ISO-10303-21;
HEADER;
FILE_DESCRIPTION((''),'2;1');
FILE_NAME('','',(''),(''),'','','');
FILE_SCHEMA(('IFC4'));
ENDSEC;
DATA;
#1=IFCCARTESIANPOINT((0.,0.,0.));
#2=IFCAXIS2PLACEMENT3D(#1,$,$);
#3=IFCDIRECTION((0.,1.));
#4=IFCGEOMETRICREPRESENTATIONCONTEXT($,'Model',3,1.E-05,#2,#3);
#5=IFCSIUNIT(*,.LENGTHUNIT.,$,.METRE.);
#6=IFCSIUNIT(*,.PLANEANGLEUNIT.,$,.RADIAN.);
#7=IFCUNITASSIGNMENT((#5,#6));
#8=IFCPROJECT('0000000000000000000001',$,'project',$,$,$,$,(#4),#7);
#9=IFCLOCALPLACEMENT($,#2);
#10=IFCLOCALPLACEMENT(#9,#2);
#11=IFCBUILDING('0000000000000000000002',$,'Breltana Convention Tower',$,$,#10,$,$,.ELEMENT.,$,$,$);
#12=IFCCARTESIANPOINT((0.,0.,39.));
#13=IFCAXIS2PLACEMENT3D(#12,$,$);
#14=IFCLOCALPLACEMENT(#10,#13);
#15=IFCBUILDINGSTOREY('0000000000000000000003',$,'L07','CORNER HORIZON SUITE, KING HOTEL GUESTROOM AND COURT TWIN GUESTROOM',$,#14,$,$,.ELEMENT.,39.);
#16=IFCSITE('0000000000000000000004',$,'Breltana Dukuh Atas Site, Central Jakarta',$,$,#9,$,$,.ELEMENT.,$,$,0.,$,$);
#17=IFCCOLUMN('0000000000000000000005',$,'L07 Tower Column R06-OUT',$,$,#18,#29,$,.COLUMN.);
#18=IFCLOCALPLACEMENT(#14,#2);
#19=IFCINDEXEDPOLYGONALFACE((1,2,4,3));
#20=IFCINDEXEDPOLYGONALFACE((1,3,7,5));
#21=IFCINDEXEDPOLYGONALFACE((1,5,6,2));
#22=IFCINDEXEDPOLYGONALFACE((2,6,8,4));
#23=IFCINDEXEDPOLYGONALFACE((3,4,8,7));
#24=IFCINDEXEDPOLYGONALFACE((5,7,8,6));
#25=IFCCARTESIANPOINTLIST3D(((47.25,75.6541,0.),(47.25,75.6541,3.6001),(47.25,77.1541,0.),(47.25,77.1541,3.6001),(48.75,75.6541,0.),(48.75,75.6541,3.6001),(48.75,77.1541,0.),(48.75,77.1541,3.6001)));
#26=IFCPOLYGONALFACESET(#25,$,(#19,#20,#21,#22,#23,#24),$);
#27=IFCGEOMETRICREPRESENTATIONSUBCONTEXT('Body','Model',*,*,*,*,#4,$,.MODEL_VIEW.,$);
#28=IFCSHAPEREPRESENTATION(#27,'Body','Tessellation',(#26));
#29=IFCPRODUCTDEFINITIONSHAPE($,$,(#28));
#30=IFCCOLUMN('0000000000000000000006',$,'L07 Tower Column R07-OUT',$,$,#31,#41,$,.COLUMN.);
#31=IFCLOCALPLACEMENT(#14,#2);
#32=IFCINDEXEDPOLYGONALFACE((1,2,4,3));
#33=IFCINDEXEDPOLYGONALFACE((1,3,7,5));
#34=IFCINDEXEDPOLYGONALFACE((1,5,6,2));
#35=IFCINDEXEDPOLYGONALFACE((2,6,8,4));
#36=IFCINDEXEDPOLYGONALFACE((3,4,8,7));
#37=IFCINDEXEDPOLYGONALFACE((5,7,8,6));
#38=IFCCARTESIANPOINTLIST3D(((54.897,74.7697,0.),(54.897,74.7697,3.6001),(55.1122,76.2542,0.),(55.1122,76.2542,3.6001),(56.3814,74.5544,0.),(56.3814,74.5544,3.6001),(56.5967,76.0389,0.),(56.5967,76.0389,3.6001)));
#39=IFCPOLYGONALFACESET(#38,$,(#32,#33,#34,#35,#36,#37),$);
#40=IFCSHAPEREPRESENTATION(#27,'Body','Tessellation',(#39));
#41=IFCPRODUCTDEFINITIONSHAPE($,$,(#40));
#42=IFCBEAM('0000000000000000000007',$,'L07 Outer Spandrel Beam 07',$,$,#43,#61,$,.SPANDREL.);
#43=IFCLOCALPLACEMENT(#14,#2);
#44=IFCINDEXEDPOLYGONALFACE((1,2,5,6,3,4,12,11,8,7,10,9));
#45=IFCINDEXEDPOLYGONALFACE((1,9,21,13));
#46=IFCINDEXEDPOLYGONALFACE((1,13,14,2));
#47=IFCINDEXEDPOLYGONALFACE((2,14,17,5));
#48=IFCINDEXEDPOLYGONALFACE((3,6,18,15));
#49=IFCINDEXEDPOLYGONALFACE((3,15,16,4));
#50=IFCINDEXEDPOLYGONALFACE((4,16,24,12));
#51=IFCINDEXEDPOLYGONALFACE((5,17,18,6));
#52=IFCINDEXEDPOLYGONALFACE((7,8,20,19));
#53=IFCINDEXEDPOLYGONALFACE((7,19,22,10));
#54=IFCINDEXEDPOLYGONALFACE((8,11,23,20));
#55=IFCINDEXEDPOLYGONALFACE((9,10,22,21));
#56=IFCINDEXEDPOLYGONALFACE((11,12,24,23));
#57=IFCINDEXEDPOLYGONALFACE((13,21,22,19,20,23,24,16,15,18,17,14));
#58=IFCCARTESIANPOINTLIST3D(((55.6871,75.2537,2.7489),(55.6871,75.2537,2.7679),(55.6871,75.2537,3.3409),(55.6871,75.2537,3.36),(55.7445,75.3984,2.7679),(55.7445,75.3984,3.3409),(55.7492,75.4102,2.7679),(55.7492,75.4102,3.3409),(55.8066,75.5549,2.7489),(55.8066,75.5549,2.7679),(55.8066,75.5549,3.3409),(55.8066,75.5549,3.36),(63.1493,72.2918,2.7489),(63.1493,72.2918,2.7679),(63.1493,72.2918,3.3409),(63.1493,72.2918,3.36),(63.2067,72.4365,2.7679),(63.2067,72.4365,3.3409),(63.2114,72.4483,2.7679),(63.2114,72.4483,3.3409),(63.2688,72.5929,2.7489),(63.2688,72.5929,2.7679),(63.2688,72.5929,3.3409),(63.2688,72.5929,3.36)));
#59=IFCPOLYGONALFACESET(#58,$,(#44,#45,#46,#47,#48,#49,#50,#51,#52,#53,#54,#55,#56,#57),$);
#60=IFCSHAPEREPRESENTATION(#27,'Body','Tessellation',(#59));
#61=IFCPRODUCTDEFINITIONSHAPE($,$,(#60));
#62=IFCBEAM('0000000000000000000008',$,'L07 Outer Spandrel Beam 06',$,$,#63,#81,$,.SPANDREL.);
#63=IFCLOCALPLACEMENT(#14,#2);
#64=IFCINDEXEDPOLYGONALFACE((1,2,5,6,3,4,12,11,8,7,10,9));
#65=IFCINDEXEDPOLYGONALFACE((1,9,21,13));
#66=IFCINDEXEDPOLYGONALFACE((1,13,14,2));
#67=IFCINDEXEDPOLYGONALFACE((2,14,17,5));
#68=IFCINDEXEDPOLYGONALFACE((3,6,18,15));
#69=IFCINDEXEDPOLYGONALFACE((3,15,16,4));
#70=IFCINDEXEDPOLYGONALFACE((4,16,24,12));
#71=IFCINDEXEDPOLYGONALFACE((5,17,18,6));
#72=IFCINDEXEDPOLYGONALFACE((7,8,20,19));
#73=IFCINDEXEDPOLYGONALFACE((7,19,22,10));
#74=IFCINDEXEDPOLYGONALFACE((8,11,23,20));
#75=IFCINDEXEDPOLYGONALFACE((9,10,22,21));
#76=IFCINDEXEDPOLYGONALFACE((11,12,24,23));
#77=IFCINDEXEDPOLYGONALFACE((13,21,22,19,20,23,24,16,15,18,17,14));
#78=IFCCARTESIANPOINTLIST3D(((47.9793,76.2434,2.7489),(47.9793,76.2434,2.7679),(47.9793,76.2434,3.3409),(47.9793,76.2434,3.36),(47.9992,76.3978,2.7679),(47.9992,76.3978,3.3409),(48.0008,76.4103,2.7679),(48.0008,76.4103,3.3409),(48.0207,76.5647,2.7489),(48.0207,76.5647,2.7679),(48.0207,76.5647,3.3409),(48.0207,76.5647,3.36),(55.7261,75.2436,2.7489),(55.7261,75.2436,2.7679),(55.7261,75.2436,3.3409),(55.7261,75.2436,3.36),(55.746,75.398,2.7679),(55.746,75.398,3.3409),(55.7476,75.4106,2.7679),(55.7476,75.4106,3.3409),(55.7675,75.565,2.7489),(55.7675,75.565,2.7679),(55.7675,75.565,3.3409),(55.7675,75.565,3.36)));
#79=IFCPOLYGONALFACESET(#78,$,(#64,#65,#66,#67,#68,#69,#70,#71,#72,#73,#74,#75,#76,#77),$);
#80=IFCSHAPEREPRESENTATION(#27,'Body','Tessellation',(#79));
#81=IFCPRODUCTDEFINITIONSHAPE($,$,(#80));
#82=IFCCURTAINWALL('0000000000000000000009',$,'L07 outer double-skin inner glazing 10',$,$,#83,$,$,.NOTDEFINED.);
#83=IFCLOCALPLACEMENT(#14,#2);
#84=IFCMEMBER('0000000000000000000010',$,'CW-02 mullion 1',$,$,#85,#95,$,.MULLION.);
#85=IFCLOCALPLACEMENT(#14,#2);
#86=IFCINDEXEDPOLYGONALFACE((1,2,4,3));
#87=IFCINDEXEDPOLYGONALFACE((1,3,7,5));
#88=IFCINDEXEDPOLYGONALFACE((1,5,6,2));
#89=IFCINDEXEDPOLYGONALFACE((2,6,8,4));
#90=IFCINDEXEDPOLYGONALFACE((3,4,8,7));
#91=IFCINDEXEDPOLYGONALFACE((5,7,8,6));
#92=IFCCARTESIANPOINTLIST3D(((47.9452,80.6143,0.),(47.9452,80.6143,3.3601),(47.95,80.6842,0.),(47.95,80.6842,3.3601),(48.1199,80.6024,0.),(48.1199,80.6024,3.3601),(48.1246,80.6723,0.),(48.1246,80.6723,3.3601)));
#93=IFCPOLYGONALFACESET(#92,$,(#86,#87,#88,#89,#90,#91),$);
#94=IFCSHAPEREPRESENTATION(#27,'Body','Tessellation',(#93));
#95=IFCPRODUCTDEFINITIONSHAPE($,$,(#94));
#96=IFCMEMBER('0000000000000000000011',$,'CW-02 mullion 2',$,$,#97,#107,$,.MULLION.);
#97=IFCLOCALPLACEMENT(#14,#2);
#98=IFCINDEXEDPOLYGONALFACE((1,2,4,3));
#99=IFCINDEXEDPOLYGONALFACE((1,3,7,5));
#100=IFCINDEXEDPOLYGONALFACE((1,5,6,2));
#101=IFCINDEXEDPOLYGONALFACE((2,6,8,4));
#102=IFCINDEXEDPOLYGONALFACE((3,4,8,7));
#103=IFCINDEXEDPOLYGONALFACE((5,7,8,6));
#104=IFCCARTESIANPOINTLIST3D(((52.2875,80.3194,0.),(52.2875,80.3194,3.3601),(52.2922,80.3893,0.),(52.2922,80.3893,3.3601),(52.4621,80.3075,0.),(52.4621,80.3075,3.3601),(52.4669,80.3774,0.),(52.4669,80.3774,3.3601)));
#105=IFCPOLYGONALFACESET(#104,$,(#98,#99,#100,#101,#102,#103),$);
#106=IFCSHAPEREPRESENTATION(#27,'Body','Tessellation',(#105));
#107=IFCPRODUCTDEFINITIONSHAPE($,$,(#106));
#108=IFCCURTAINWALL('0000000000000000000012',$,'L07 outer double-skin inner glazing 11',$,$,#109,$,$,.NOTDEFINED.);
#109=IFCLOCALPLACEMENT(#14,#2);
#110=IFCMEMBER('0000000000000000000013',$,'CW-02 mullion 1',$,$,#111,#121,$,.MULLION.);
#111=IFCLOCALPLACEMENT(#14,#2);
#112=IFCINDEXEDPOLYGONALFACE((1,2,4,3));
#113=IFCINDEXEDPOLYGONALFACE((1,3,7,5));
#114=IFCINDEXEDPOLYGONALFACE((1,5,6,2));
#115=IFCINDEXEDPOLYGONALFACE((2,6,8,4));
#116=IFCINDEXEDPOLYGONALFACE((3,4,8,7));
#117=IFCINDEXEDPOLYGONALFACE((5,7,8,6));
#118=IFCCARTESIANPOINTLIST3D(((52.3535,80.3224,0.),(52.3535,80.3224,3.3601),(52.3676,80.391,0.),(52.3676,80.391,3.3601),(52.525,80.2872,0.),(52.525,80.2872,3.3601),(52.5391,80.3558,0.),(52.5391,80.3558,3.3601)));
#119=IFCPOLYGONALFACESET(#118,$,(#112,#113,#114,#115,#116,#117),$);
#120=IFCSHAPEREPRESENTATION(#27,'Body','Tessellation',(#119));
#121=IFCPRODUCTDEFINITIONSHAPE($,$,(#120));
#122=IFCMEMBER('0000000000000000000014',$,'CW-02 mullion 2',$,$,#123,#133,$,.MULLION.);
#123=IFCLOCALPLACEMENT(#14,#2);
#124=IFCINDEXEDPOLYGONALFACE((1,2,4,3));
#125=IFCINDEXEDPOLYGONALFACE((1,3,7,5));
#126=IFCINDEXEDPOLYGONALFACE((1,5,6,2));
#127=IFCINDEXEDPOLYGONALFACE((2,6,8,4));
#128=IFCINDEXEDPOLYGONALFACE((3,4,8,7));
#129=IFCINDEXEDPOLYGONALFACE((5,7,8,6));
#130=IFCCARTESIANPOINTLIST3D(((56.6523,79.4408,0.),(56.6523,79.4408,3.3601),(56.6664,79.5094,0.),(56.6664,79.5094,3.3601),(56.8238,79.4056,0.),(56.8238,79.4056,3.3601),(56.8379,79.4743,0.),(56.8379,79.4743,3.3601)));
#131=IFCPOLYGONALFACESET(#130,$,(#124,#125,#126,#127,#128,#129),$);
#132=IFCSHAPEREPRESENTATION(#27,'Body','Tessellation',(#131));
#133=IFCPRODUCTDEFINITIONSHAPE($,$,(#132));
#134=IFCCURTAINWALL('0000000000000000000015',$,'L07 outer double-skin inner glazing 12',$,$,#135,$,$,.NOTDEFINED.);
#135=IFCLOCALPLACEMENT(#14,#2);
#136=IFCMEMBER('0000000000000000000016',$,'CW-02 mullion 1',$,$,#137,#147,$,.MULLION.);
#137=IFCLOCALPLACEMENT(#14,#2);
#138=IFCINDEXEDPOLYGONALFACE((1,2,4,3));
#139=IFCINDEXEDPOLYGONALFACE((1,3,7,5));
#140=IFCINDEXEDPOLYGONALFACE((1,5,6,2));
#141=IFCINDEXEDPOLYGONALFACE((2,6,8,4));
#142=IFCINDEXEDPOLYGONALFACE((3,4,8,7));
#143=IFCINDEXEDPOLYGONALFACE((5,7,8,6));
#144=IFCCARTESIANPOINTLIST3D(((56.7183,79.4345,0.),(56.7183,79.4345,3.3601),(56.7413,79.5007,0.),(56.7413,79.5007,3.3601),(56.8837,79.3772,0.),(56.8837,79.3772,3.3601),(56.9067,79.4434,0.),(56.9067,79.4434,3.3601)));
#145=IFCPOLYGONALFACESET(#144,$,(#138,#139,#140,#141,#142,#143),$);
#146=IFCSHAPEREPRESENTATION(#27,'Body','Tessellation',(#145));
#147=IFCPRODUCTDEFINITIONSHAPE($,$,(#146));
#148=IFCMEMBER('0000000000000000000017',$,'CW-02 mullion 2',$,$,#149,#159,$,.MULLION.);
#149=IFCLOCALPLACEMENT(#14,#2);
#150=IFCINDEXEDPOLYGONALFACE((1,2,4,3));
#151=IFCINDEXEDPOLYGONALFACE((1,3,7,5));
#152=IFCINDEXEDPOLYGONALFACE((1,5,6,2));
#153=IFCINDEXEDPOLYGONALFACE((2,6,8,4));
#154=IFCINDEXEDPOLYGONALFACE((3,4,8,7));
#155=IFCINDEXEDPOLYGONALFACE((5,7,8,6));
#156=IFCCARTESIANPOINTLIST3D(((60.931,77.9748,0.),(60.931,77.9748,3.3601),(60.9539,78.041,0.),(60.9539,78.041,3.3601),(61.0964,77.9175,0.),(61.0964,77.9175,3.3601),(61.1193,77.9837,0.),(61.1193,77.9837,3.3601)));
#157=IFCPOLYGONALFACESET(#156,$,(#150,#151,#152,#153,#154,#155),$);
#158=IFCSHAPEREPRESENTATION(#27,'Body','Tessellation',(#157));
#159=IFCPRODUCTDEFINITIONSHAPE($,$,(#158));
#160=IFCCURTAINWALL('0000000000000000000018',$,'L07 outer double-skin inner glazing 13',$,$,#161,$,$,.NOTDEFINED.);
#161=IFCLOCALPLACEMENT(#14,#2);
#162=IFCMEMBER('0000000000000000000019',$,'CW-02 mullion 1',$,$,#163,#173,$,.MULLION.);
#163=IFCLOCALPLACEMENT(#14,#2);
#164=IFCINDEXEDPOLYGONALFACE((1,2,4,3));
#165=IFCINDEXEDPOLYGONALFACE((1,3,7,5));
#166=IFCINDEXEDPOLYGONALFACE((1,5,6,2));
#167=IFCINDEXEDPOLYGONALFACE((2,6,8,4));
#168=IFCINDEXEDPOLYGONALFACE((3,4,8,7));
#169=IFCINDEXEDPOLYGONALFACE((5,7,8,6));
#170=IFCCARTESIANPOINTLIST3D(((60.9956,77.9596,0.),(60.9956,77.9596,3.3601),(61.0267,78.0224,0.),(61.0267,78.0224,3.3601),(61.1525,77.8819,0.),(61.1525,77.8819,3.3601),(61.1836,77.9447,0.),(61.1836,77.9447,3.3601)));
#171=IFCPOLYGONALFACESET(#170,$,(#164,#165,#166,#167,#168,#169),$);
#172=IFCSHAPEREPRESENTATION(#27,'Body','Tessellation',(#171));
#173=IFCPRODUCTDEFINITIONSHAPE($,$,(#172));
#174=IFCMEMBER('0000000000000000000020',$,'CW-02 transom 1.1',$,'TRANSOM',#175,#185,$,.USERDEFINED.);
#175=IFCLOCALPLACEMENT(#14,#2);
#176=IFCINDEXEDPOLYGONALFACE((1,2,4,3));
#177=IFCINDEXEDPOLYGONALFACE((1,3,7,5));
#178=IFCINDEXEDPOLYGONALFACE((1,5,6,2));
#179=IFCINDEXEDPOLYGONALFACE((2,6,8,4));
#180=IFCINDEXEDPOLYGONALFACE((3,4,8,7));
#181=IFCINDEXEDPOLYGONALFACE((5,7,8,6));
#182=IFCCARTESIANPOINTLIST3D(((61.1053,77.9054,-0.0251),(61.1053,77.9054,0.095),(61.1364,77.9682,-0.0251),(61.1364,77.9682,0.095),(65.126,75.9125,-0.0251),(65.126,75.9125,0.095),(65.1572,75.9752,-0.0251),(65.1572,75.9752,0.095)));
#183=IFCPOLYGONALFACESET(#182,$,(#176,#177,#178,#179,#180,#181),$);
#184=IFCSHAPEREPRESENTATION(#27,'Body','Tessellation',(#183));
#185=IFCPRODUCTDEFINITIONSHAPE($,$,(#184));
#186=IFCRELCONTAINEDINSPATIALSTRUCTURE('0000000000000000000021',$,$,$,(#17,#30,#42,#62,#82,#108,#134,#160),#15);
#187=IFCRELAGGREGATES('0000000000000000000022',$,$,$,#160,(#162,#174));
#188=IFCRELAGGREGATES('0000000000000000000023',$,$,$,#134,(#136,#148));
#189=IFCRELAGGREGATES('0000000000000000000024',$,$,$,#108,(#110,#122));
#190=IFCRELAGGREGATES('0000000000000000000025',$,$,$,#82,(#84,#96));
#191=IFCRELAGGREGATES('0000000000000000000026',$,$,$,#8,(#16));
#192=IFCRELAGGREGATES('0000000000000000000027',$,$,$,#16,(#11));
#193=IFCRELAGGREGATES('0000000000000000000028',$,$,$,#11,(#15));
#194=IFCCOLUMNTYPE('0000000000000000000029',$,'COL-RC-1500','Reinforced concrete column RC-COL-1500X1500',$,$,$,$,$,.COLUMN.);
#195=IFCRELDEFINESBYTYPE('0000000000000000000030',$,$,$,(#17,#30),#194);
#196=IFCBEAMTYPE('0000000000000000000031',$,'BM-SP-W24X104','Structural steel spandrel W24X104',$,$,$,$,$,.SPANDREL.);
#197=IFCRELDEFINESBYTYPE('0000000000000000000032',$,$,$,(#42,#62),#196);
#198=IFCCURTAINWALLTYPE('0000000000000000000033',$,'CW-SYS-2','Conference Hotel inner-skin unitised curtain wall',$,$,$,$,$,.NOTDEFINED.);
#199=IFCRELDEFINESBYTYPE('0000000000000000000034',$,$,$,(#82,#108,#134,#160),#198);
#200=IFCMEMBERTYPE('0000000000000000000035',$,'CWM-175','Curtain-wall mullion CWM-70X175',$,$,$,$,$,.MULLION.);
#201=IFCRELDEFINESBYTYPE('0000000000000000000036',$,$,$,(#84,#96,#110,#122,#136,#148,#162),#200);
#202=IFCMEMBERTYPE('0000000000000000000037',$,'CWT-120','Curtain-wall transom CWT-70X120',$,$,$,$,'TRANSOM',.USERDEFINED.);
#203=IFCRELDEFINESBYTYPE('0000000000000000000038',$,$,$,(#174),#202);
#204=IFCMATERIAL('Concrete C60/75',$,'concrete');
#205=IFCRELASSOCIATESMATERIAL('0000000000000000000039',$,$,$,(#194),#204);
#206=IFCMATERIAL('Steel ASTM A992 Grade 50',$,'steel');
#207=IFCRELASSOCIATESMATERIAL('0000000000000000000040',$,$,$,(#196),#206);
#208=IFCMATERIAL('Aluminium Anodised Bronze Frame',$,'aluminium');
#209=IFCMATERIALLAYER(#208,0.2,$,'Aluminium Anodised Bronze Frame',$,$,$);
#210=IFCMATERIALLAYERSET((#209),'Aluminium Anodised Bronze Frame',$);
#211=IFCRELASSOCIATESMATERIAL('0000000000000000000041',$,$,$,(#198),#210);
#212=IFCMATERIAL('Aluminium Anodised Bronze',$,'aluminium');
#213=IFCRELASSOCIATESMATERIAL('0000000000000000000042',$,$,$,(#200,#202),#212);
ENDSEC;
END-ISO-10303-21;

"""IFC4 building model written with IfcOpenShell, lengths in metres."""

from ifc_helpers import new_model, si_unit, direction, frame, origin, origin_2d, place, context, subcontext, project, spatial, rectangle, i_section, extrude, source, transform, mapped, material, layer, layer_set, material_profile, profile_set, type_object, type_shapes, element, aggregate, save


model = new_model("IFC4")

# Units and contexts
model_context = context("Model", 3, precision=1e-05, world=origin(), true_north=direction((0.0, 1.0)))
body_context = subcontext(model_context, "Body", "Model", "MODEL_VIEW")
ifc_project = project(units=[si_unit("LENGTHUNIT", "METRE"), si_unit("PLANEANGLEUNIT", "RADIAN")], contexts=[model_context])

# Site, building, storey
site_placement = place(None, origin())
site = spatial("IfcSite", under=ifc_project, at=site_placement, Name="Breltana Dukuh Atas Site, Central Jakarta", CompositionType="ELEMENT", RefElevation=0.0)
building_placement = place(site_placement, origin())
building = spatial("IfcBuilding", under=site, at=building_placement, Name="Breltana Convention Tower", CompositionType="ELEMENT")
storey_placement = place(building_placement, frame((0.0, 0.0, 39.0)))
storey = spatial("IfcBuildingStorey", under=building, at=storey_placement, Name="L07", Description="CORNER HORIZON SUITE, KING HOTEL GUESTROOM AND COURT TWIN GUESTROOM", CompositionType="ELEMENT", Elevation=39.0)

# Columns
ifc_material_1 = material(Name="Concrete C60/75", Category="concrete")
ifc_material_profile_1 = material_profile(ifc_material_1, rectangle(XDim=1.5, YDim=1.5, at=origin_2d()), Name="RC-COL-1500X1500")
ifc_profile_set_1 = profile_set([ifc_material_profile_1], Name="Concrete C60/75")
column_type = type_object("IfcColumnType", Name="COL-RC-1500", Description="Reinforced concrete column RC-COL-1500X1500", PredefinedType="COLUMN", material=ifc_profile_set_1)
shared_shape_1 = source(origin(), body_context, "Body", "SweptSolid", [
    extrude(rectangle(XDim=1.5, YDim=1.5, at=origin_2d()), origin(), (0.0, 0.0, 1.0), 3.6001),
])
for number, where, z_axis, x_axis, name in (
    (1, (48.0, 76.4041, 0.0), (0.0, 0.0, 1.0), (0.0, 1.0, 0.0), "L07 Tower Column R06-OUT"),
    (2, (55.7468, 75.4043, 0.0), (0.0, 0.0, 1.0), (0.143493, 0.989651, 0.0), "L07 Tower Column R07-OUT"),
):
    element("IfcColumn", number, at=place(storey_placement, frame(where, z_axis=z_axis, x_axis=x_axis)), inside=storey, type_object=column_type, Name=name, PredefinedType="COLUMN", context=body_context, shape_type="MappedRepresentation", body=[
        mapped(shared_shape_1, transform((0.0, 0.0, 0.0), scale=1.0)),
    ])

# Beams
ifc_material_2 = material(Name="Steel ASTM A992 Grade 50", Category="steel")
ifc_material_profile_2 = material_profile(ifc_material_2, i_section(OverallWidth=0.324, OverallDepth=0.6111, WebThickness=0.0127, FlangeThickness=0.019, at=origin_2d()), Name="W24X104")
ifc_profile_set_2 = profile_set([ifc_material_profile_2], Name="Steel ASTM A992 Grade 50")
beam_type = type_object("IfcBeamType", Name="BM-SP-W24X104", Description="Structural steel spandrel W24X104", PredefinedType="SPANDREL", material=ifc_profile_set_2)
shared_shape_2 = source(origin(), body_context, "Body", "SweptSolid", [
    extrude(i_section(OverallWidth=0.324, OverallDepth=0.6111, WebThickness=0.0127, FlangeThickness=0.019, at=origin_2d()), origin(), (0.0, 0.0, 1.0), 8.0286),
])
beam_1_placement = place(storey_placement, frame((55.7468, 75.4043, 3.0544), z_axis=(0.929459, -0.368925, 0.0), x_axis=(0.368925, 0.929459, 0.0)))
element("IfcBeam", 3, at=beam_1_placement, inside=storey, type_object=beam_type, Name="L07 Outer Spandrel Beam 07", PredefinedType="SPANDREL", context=body_context, shape_type="MappedRepresentation", body=[
    mapped(shared_shape_2, transform((0.0, 0.0, 0.0), scale=1.0)),
])
shared_shape_3 = source(origin(), body_context, "Body", "SweptSolid", [
    extrude(i_section(OverallWidth=0.324, OverallDepth=0.6111, WebThickness=0.0127, FlangeThickness=0.019, at=origin_2d()), origin(), (0.0, 0.0, 1.0), 7.811),
])
beam_2_placement = place(storey_placement, frame((48.0, 76.4041, 3.0544), z_axis=(0.991775, -0.127992, 0.0), x_axis=(0.127992, 0.991775, 0.0)))
element("IfcBeam", 4, at=beam_2_placement, inside=storey, type_object=beam_type, Name="L07 Outer Spandrel Beam 06", PredefinedType="SPANDREL", context=body_context, shape_type="MappedRepresentation", body=[
    mapped(shared_shape_3, transform((0.0, 0.0, 0.0), scale=1.0)),
])

# Curtain walls, members
ifc_material_3 = material(Name="Aluminium Anodised Bronze Frame", Category="aluminium")
ifc_layer_1 = layer(ifc_material_3, 0.2, Name="Aluminium Anodised Bronze Frame")
ifc_layer_set_1 = layer_set([ifc_layer_1], Name="Aluminium Anodised Bronze Frame")
curtain_wall_type = type_object("IfcCurtainWallType", Name="CW-SYS-2", Description="Conference Hotel inner-skin unitised curtain wall", PredefinedType="NOTDEFINED", material=ifc_layer_set_1)
curtain_wall_1_placement = place(storey_placement, origin())
curtain_wall_1 = element("IfcCurtainWall", 5, at=curtain_wall_1_placement, inside=storey, type_object=curtain_wall_type, Name="L07 outer double-skin inner glazing 10", PredefinedType="NOTDEFINED")
ifc_material_4 = material(Name="Aluminium Anodised Bronze", Category="aluminium")
ifc_material_profile_3 = material_profile(ifc_material_4, rectangle(XDim=0.0701, YDim=0.175, at=origin_2d()), Name="CWM-70X175")
ifc_profile_set_3 = profile_set([ifc_material_profile_3], Name="Aluminium Anodised Bronze")
member_type_1 = type_object("IfcMemberType", Name="CWM-175", Description="Curtain-wall mullion CWM-70X175", PredefinedType="MULLION", material=ifc_profile_set_3)
shared_shape_4 = source(origin(), body_context, "Body", "SweptSolid", [
    extrude(rectangle(XDim=0.0701, YDim=0.175, at=origin_2d()), origin(), (0.0, 0.0, 1.0), 3.3601),
])
type_shapes(member_type_1, [shared_shape_4])
member_1_placement = place(storey_placement, frame((48.0349, 80.6433, 0.0), z_axis=(0.0, 0.0, 1.0), x_axis=(0.067726, 0.997704, 0.0)))
member_1 = element("IfcMember", 6, at=member_1_placement, type_object=member_type_1, Name="CW-02 mullion 1", PredefinedType="MULLION", context=body_context, shape_type="MappedRepresentation", body=[
    mapped(shared_shape_4, transform((0.0, 0.0, 0.0), scale=1.0)),
])
member_2_placement = place(storey_placement, frame((52.3772, 80.3484, 0.0), z_axis=(0.0, 0.0, 1.0), x_axis=(0.067726, 0.997704, 0.0)))
member_2 = element("IfcMember", 7, at=member_2_placement, type_object=member_type_1, Name="CW-02 mullion 2", PredefinedType="MULLION", context=body_context, shape_type="MappedRepresentation", body=[
    mapped(shared_shape_4, transform((0.0, 0.0, 0.0), scale=1.0)),
])
curtain_wall_2_placement = place(storey_placement, origin())
curtain_wall_2 = element("IfcCurtainWall", 8, at=curtain_wall_2_placement, inside=storey, type_object=curtain_wall_type, Name="L07 outer double-skin inner glazing 11", PredefinedType="NOTDEFINED")
member_3_placement = place(storey_placement, frame((52.4463, 80.3391, 0.0), z_axis=(0.0, 0.0, 1.0), x_axis=(0.200885, 0.979615, 0.0)))
member_3 = element("IfcMember", 9, at=member_3_placement, type_object=member_type_1, Name="CW-02 mullion 1", PredefinedType="MULLION", context=body_context, shape_type="MappedRepresentation", body=[
    mapped(shared_shape_4, transform((0.0, 0.0, 0.0), scale=1.0)),
])
member_4_placement = place(storey_placement, frame((56.7451, 79.4575, 0.0), z_axis=(0.0, 0.0, 1.0), x_axis=(0.200885, 0.979615, 0.0)))
member_4 = element("IfcMember", 10, at=member_4_placement, type_object=member_type_1, Name="CW-02 mullion 2", PredefinedType="MULLION", context=body_context, shape_type="MappedRepresentation", body=[
    mapped(shared_shape_4, transform((0.0, 0.0, 0.0), scale=1.0)),
])
curtain_wall_3_placement = place(storey_placement, origin())
curtain_wall_3 = element("IfcCurtainWall", 11, at=curtain_wall_3_placement, inside=storey, type_object=curtain_wall_type, Name="L07 outer double-skin inner glazing 12", PredefinedType="NOTDEFINED")
member_5_placement = place(storey_placement, frame((56.8125, 79.439, 0.0), z_axis=(0.0, 0.0, 1.0), x_axis=(0.327428, 0.944876, 0.0)))
member_5 = element("IfcMember", 12, at=member_5_placement, type_object=member_type_1, Name="CW-02 mullion 1", PredefinedType="MULLION", context=body_context, shape_type="MappedRepresentation", body=[
    mapped(shared_shape_4, transform((0.0, 0.0, 0.0), scale=1.0)),
])
member_6_placement = place(storey_placement, frame((61.0251, 77.9792, 0.0), z_axis=(0.0, 0.0, 1.0), x_axis=(0.327428, 0.944876, 0.0)))
member_6 = element("IfcMember", 13, at=member_6_placement, type_object=member_type_1, Name="CW-02 mullion 2", PredefinedType="MULLION", context=body_context, shape_type="MappedRepresentation", body=[
    mapped(shared_shape_4, transform((0.0, 0.0, 0.0), scale=1.0)),
])
curtain_wall_4_placement = place(storey_placement, origin())
curtain_wall_4 = element("IfcCurtainWall", 14, at=curtain_wall_4_placement, inside=storey, type_object=curtain_wall_type, Name="L07 outer double-skin inner glazing 13", PredefinedType="NOTDEFINED")
member_7_placement = place(storey_placement, frame((61.0896, 77.9521, 0.0), z_axis=(0.0, 0.0, 1.0), x_axis=(0.444108, 0.895973, 0.0)))
member_7 = element("IfcMember", 15, at=member_7_placement, type_object=member_type_1, Name="CW-02 mullion 1", PredefinedType="MULLION", context=body_context, shape_type="MappedRepresentation", body=[
    mapped(shared_shape_4, transform((0.0, 0.0, 0.0), scale=1.0)),
])
ifc_material_profile_4 = material_profile(ifc_material_4, rectangle(XDim=0.0701, YDim=0.1201, at=origin_2d()), Name="CWT-70X120")
ifc_profile_set_4 = profile_set([ifc_material_profile_4], Name="Aluminium Anodised Bronze")
member_type_2 = type_object("IfcMemberType", Name="CWT-120", Description="Curtain-wall transom CWT-70X120", ElementType="TRANSOM", PredefinedType="USERDEFINED", material=ifc_profile_set_4)
shared_shape_5 = source(origin(), body_context, "Body", "SweptSolid", [
    extrude(rectangle(XDim=0.0701, YDim=0.1201, at=origin_2d()), origin(), (0.0, 0.0, 1.0), 4.4875),
])
member_8_placement = place(storey_placement, frame((61.1208, 77.9368, 0.0349), z_axis=(0.895978, -0.444099, 0.0), x_axis=(0.444099, 0.895978, 0.0)))
member_8 = element("IfcMember", 16, at=member_8_placement, type_object=member_type_2, Name="CW-02 transom 1.1", ObjectType="TRANSOM", PredefinedType="USERDEFINED", context=body_context, shape_type="MappedRepresentation", body=[
    mapped(shared_shape_5, transform((0.0, 0.0, 0.0), scale=1.0)),
])
aggregate(curtain_wall_4, [member_7, member_8])

aggregate(curtain_wall_3, [member_5, member_6])
aggregate(curtain_wall_2, [member_3, member_4])
aggregate(curtain_wall_1, [member_1, member_2])

save(model, "model.ifc")
